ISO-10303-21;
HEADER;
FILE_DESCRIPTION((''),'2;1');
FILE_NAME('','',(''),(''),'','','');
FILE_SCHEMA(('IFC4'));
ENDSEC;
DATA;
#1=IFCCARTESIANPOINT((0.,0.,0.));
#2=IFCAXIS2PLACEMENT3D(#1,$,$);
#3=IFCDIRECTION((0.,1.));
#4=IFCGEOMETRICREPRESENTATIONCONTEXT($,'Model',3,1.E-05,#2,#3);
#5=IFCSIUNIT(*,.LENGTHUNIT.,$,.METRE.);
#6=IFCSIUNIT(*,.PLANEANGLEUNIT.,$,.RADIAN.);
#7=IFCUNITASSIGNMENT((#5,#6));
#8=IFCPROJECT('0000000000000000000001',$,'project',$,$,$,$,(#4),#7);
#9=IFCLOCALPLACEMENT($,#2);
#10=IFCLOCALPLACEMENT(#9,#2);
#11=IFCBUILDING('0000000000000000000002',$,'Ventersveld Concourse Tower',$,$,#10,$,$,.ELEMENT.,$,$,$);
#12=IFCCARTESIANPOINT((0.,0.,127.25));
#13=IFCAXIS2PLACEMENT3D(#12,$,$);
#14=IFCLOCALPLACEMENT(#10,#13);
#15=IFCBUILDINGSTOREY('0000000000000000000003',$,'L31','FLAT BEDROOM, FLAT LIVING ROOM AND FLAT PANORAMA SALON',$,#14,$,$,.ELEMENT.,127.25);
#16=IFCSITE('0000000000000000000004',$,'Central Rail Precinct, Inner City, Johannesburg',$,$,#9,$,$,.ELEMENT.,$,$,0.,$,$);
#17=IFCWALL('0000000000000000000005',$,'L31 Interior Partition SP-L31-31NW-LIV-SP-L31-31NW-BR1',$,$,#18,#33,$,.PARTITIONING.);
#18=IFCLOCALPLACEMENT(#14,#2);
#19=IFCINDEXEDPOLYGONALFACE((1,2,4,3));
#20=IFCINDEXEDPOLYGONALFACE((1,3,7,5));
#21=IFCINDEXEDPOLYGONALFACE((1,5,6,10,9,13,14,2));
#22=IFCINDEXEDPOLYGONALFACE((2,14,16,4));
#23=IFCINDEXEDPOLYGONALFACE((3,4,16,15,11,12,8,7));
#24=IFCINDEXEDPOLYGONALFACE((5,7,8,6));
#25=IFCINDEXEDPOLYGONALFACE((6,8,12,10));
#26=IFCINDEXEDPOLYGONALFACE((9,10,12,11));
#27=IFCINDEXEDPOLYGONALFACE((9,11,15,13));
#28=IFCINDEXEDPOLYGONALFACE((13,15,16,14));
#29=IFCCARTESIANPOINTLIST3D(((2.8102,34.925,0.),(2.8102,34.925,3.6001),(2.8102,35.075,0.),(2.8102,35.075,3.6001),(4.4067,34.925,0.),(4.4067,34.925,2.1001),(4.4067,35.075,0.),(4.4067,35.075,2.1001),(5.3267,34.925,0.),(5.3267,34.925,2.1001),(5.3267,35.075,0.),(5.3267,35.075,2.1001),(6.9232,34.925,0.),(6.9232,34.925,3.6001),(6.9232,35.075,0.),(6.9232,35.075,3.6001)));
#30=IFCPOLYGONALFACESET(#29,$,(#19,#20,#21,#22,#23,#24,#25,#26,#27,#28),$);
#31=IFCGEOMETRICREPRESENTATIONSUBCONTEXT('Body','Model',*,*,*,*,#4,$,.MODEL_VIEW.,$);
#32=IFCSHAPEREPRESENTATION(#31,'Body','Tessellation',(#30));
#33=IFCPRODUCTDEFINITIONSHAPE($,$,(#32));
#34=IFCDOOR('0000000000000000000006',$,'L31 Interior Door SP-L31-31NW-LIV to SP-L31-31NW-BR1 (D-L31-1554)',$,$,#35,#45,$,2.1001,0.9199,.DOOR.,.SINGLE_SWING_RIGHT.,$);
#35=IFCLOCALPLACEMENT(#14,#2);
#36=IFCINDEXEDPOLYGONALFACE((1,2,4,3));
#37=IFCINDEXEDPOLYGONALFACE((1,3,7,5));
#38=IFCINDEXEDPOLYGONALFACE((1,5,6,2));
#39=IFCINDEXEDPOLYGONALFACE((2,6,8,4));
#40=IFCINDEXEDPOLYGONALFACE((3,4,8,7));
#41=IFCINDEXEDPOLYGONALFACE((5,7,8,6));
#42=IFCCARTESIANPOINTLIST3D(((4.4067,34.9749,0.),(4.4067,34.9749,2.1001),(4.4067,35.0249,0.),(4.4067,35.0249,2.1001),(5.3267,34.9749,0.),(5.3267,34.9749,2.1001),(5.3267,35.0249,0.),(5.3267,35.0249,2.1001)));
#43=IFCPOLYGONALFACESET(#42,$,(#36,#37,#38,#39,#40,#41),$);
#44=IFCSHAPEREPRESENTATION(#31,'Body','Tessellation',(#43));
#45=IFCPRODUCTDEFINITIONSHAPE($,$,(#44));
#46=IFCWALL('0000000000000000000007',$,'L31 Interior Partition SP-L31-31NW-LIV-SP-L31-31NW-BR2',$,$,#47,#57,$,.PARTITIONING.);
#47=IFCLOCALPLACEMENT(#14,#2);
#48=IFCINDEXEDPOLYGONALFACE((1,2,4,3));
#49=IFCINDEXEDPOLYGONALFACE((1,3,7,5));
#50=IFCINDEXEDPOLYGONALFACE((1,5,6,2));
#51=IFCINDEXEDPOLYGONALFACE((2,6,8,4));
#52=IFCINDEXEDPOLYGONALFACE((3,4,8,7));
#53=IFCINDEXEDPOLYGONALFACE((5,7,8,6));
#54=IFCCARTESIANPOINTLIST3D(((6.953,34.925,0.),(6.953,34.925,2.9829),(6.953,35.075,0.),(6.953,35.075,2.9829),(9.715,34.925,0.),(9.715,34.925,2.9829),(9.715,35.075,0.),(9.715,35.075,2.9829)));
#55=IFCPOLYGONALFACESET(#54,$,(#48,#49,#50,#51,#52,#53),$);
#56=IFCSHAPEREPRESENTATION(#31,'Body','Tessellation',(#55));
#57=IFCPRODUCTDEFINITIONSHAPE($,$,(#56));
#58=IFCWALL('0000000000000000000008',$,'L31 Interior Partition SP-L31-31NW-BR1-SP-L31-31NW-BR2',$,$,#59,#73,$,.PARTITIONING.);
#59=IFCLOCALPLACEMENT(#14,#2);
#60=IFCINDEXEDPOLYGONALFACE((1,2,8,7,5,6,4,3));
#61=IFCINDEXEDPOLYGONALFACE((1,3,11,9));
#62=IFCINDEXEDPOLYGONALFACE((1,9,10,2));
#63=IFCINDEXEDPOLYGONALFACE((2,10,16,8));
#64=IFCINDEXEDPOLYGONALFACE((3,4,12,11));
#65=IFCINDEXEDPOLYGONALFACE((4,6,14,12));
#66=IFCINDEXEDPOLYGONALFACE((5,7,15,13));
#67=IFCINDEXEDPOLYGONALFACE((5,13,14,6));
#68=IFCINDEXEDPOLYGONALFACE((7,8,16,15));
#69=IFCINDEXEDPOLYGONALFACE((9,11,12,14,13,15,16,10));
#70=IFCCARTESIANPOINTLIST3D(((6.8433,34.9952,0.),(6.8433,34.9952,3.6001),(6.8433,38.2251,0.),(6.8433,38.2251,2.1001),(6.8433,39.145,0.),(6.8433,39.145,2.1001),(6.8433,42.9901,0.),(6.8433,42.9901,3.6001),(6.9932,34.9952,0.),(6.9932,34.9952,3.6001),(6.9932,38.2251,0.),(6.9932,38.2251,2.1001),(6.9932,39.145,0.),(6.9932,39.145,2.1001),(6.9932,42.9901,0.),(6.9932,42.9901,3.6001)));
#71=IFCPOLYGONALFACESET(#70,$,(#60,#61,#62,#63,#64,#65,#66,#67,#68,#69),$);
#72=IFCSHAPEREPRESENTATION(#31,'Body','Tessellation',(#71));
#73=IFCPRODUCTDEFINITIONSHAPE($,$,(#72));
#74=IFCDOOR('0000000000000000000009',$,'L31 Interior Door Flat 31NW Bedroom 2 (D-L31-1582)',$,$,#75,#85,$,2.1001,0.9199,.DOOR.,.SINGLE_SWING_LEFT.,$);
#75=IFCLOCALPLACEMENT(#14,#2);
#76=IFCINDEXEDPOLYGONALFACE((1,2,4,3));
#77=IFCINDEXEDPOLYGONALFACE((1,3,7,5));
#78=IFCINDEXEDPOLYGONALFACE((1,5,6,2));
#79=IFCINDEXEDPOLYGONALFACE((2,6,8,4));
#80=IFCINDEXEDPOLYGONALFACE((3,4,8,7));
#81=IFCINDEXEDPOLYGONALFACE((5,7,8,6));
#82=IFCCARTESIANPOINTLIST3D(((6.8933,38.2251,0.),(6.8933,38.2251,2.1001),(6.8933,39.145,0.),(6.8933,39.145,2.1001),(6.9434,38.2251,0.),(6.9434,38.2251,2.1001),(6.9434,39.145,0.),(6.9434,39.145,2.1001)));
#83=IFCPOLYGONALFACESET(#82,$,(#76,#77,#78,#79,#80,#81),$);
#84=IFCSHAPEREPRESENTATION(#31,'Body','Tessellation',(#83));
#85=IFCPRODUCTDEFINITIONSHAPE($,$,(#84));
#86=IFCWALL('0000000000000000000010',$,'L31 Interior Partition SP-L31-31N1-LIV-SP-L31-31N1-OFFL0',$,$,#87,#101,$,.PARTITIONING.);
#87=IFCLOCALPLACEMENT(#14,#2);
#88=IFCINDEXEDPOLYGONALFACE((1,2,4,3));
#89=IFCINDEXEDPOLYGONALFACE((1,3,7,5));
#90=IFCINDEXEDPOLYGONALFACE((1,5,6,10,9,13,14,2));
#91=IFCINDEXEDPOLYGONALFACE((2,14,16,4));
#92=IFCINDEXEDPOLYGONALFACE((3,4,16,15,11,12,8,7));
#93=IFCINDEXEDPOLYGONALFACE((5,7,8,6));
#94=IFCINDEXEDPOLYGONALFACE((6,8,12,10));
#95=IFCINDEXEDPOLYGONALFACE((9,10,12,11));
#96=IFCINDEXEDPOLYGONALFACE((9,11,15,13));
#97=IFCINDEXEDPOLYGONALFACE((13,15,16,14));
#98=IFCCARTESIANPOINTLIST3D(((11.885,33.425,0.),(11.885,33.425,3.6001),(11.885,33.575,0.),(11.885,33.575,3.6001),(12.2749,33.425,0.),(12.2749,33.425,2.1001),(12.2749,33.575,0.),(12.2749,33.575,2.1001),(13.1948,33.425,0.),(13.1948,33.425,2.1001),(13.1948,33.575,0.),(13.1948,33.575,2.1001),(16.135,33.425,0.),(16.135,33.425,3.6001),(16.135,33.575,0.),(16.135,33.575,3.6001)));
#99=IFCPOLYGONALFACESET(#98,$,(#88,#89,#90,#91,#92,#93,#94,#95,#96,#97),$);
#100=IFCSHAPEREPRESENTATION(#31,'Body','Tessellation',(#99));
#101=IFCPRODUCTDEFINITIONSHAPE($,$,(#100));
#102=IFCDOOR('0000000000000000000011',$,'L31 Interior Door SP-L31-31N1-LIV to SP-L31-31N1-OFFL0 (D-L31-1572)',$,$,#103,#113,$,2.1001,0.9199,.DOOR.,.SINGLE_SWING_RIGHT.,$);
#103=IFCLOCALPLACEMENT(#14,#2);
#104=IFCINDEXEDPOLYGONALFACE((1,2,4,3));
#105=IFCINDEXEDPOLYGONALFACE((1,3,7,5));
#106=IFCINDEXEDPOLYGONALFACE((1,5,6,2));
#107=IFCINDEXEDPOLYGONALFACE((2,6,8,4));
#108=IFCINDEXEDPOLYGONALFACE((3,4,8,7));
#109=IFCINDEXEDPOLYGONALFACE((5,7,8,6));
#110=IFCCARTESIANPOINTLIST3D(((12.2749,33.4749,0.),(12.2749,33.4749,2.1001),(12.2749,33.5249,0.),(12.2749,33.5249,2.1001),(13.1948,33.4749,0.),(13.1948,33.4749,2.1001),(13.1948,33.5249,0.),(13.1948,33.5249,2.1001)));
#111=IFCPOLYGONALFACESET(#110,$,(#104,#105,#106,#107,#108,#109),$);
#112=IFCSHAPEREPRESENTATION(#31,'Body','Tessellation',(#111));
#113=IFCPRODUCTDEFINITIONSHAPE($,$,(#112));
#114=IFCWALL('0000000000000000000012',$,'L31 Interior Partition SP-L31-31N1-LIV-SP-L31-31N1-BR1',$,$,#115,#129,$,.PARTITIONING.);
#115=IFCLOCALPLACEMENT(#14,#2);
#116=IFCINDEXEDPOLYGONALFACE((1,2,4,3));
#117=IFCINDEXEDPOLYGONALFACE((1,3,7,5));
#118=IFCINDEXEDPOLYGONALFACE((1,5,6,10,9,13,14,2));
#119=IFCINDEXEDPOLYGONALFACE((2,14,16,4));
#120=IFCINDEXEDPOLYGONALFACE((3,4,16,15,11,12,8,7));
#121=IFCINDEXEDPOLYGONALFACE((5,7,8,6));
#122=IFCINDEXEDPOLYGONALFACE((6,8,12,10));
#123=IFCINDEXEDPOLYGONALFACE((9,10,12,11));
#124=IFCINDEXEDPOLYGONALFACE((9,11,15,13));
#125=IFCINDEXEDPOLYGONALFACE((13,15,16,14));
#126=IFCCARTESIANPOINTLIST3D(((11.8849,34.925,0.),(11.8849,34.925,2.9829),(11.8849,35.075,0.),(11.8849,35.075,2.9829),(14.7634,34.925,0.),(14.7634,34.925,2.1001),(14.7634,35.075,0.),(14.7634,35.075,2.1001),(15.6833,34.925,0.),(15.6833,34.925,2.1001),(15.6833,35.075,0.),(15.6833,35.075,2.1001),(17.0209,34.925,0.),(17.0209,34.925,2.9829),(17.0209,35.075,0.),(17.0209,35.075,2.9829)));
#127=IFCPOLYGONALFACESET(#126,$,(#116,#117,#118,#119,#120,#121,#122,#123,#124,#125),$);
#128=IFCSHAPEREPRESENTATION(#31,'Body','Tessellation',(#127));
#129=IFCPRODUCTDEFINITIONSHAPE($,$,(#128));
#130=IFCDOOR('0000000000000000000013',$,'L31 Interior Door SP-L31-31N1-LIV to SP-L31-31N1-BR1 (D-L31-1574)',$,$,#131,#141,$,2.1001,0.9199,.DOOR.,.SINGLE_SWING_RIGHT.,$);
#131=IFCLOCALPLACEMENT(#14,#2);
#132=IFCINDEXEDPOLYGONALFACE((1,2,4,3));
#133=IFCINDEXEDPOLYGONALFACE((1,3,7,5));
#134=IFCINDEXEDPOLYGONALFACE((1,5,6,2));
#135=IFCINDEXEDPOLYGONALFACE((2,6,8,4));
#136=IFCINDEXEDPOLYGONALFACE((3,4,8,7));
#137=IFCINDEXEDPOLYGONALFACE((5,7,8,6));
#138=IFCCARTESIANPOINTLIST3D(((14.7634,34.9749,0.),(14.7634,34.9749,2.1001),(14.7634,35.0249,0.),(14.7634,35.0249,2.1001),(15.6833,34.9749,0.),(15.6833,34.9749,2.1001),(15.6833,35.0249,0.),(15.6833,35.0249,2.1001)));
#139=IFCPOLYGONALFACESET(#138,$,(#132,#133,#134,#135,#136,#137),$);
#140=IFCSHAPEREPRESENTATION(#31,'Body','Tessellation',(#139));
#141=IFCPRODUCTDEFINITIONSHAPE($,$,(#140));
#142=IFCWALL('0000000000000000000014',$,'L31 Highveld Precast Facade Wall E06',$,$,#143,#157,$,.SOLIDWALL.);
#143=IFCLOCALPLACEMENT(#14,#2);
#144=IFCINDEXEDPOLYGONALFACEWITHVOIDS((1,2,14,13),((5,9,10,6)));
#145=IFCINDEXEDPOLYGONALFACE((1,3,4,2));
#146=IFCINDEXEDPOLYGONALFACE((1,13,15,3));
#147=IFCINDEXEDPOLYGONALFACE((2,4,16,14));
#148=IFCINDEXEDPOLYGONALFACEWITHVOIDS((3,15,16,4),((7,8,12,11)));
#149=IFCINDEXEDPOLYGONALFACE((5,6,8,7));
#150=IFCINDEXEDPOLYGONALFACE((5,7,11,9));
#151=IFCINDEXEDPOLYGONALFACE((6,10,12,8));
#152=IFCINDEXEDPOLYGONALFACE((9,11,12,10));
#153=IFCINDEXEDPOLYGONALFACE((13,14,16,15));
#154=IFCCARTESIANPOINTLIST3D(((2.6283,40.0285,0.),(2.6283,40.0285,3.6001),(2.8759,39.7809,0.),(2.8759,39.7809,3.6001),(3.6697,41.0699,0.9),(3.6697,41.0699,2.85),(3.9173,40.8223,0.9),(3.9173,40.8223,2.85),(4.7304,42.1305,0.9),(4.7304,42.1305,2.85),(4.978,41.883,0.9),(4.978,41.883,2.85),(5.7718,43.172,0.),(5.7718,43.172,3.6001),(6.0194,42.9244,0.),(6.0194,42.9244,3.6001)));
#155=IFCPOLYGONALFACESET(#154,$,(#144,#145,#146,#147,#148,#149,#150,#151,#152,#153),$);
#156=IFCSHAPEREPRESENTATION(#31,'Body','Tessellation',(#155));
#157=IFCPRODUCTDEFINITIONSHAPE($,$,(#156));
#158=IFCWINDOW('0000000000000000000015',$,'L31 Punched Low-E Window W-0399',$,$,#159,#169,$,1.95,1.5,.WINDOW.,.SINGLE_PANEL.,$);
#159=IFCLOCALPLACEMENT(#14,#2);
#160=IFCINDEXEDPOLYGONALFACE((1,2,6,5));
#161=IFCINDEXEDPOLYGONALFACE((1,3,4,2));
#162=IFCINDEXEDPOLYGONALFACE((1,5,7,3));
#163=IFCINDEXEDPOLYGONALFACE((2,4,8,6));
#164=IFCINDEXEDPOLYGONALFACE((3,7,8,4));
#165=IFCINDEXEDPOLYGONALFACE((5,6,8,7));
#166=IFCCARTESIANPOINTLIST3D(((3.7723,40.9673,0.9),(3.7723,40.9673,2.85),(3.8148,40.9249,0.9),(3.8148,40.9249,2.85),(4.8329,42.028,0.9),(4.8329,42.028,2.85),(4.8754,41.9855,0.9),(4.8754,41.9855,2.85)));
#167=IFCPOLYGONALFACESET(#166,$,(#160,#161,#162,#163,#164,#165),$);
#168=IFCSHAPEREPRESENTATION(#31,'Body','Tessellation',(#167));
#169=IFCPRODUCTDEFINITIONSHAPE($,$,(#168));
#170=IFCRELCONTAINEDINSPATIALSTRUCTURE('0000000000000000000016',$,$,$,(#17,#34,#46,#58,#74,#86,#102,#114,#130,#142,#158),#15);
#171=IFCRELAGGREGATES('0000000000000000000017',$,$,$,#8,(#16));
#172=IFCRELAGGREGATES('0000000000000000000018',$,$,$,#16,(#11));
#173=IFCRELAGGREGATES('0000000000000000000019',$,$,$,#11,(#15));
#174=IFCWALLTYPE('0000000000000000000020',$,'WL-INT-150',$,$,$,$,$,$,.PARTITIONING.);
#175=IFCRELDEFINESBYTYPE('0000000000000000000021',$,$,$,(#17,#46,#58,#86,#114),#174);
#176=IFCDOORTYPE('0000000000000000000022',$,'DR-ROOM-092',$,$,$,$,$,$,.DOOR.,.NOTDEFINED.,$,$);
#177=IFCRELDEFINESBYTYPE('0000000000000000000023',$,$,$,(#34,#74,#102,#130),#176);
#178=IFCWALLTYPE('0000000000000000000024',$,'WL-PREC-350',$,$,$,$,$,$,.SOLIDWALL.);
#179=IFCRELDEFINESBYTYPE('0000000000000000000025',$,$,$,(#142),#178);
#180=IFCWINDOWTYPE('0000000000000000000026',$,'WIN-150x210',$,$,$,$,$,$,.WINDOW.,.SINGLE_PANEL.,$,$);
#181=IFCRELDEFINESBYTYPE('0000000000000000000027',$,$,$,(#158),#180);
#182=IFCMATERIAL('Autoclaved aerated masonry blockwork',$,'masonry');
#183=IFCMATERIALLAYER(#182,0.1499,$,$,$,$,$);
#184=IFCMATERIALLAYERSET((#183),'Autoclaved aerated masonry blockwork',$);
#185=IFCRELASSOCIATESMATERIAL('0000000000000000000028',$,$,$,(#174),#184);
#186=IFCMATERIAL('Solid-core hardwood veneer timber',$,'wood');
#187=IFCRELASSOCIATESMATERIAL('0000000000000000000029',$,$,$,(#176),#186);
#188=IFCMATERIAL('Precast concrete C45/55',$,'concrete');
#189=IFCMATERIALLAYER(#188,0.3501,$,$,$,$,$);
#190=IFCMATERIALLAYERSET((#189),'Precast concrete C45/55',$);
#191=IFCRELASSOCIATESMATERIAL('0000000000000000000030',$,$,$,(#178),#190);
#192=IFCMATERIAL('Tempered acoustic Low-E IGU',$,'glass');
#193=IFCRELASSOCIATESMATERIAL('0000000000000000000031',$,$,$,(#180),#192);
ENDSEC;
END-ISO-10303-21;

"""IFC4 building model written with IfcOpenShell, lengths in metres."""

from ifc_helpers import new_model, si_unit, direction, frame, frame_2d, origin, place, context, subcontext, project, spatial, rectangle, extrude, material, layer, layer_set, type_object, element, fill, save


model = new_model("IFC4")

# Units and contexts
model_context = context("Model", 3, precision=1e-05, world=origin(), true_north=direction((0.0, 1.0)))
body_context = subcontext(model_context, "Body", "Model", "MODEL_VIEW")
ifc_project = project(units=[si_unit("LENGTHUNIT", "METRE"), si_unit("PLANEANGLEUNIT", "RADIAN")], contexts=[model_context])

# Site, building, storey
site_placement = place(None, origin())
site = spatial("IfcSite", under=ifc_project, at=site_placement, Name="Central Rail Precinct, Inner City, Johannesburg", CompositionType="ELEMENT", RefElevation=0.0)
building_placement = place(site_placement, origin())
building = spatial("IfcBuilding", under=site, at=building_placement, Name="Ventersveld Concourse Tower", CompositionType="ELEMENT")
storey_placement = place(building_placement, frame((0.0, 0.0, 127.25)))
storey = spatial("IfcBuildingStorey", under=building, at=storey_placement, Name="L31", Description="FLAT BEDROOM, FLAT LIVING ROOM AND FLAT PANORAMA SALON", CompositionType="ELEMENT", Elevation=127.25)

# Shared definitions
ifc_material_1 = material(Name="Autoclaved aerated masonry blockwork", Category="masonry")
ifc_layer_1 = layer(ifc_material_1, 0.1499)
ifc_layer_set_1 = layer_set([ifc_layer_1], Name="Autoclaved aerated masonry blockwork")
wall_type_1 = type_object("IfcWallType", Name="WL-INT-150", PredefinedType="PARTITIONING", material=ifc_layer_set_1)

# Wall, opening, door
wall_1_placement = place(storey_placement, frame((2.8101, 35.0, 0.0), z_axis=(0.0, 0.0, 1.0), x_axis=(1.0, 0.0, 0.0)))
wall_1 = element("IfcWall", 1, at=wall_1_placement, inside=storey, type_object=wall_type_1, Name="L31 Interior Partition SP-L31-31NW-LIV-SP-L31-31NW-BR1", PredefinedType="PARTITIONING", context=body_context, shape_type="SweptSolid", body=[
    extrude(rectangle(XDim=4.113, YDim=0.1499, at=frame_2d((2.0566, 0.0))), origin(), (0.0, 0.0, 1.0), 3.6001),
])
opening_1_placement = place(wall_1_placement, frame((1.5967, 0.0, 0.0)))
opening_1 = element("IfcOpeningElement", 2, at=opening_1_placement, cuts=wall_1, PredefinedType="OPENING", context=body_context, shape_type="SweptSolid", body=[
    extrude(rectangle(XDim=0.9199, YDim=2.1001, at=frame_2d((0.46, 1.05))), frame((0.0, 0.085, 0.0), z_axis=(0.0, -1.0, 0.0), x_axis=(1.0, 0.0, 0.0)), (0.0, 0.0, 1.0), 0.1699),
])
ifc_material_2 = material(Name="Solid-core hardwood veneer timber", Category="wood")
door_type = type_object("IfcDoorType", Name="DR-ROOM-092", OperationType="NOTDEFINED", PredefinedType="DOOR", material=ifc_material_2)
door_1_placement = place(opening_1_placement, origin())
door_1 = element("IfcDoor", 3, at=door_1_placement, inside=storey, type_object=door_type, Name="L31 Interior Door SP-L31-31NW-LIV to SP-L31-31NW-BR1 (D-L31-1554)", OperationType="SINGLE_SWING_RIGHT", OverallHeight=2.1001, OverallWidth=0.9199, PredefinedType="DOOR", context=body_context, shape_type="SweptSolid", body=[
    extrude(rectangle(XDim=0.9199, YDim=2.1001, at=frame_2d((0.46, 1.05))), frame((0.0, 0.0249, 0.0), z_axis=(0.0, -1.0, 0.0), x_axis=(1.0, 0.0, 0.0)), (0.0, 0.0, 1.0), 0.05),
])
fill(opening_1, door_1)

# Wall
wall_2_placement = place(storey_placement, frame((6.9531, 35.0, 0.0), z_axis=(0.0, 0.0, 1.0), x_axis=(1.0, 0.0, 0.0)))
element("IfcWall", 4, at=wall_2_placement, inside=storey, type_object=wall_type_1, Name="L31 Interior Partition SP-L31-31NW-LIV-SP-L31-31NW-BR2", PredefinedType="PARTITIONING", context=body_context, shape_type="SweptSolid", body=[
    extrude(rectangle(XDim=2.762, YDim=0.1499, at=frame_2d((1.3809, 0.0))), origin(), (0.0, 0.0, 1.0), 2.9829),
])

# Walls, openings, doors
wall_3_placement = place(storey_placement, frame((6.9182, 34.9951, 0.0), z_axis=(0.0, 0.0, 1.0), x_axis=(0.0, 1.0, 0.0)))
wall_3 = element("IfcWall", 5, at=wall_3_placement, inside=storey, type_object=wall_type_1, Name="L31 Interior Partition SP-L31-31NW-BR1-SP-L31-31NW-BR2", PredefinedType="PARTITIONING", context=body_context, shape_type="SweptSolid", body=[
    extrude(rectangle(XDim=7.9949, YDim=0.1499, at=frame_2d((3.9976, 0.0))), origin(), (0.0, 0.0, 1.0), 3.6001),
])
opening_2_placement = place(wall_3_placement, frame((3.23, 0.0, 0.0)))
opening_2 = element("IfcOpeningElement", 6, at=opening_2_placement, cuts=wall_3, PredefinedType="OPENING", context=body_context, shape_type="SweptSolid", body=[
    extrude(rectangle(XDim=0.9199, YDim=2.1001, at=frame_2d((0.46, 1.05))), frame((0.0, 0.085, 0.0), z_axis=(0.0, -1.0, 0.0), x_axis=(1.0, 0.0, 0.0)), (0.0, 0.0, 1.0), 0.1699),
])
door_2_placement = place(opening_2_placement, origin())
door_2 = element("IfcDoor", 7, at=door_2_placement, inside=storey, type_object=door_type, Name="L31 Interior Door Flat 31NW Bedroom 2 (D-L31-1582)", OperationType="SINGLE_SWING_LEFT", OverallHeight=2.1001, OverallWidth=0.9199, PredefinedType="DOOR", context=body_context, shape_type="SweptSolid", body=[
    extrude(rectangle(XDim=0.9199, YDim=2.1001, at=frame_2d((0.46, 1.05))), frame((0.0, 0.0249, 0.0), z_axis=(0.0, -1.0, 0.0), x_axis=(1.0, 0.0, 0.0)), (0.0, 0.0, 1.0), 0.05),
])
fill(opening_2, door_2)
wall_4_placement = place(storey_placement, frame((11.885, 33.5, 0.0), z_axis=(0.0, 0.0, 1.0), x_axis=(1.0, 0.0, 0.0)))
wall_4 = element("IfcWall", 8, at=wall_4_placement, inside=storey, type_object=wall_type_1, Name="L31 Interior Partition SP-L31-31N1-LIV-SP-L31-31N1-OFFL0", PredefinedType="PARTITIONING", context=body_context, shape_type="SweptSolid", body=[
    extrude(rectangle(XDim=4.25, YDim=0.1499, at=frame_2d((2.125, 0.0))), origin(), (0.0, 0.0, 1.0), 3.6001),
])
opening_3_placement = place(wall_4_placement, frame((0.3899, 0.0, 0.0)))
opening_3 = element("IfcOpeningElement", 9, at=opening_3_placement, cuts=wall_4, PredefinedType="OPENING", context=body_context, shape_type="SweptSolid", body=[
    extrude(rectangle(XDim=0.9199, YDim=2.1001, at=frame_2d((0.46, 1.05))), frame((0.0, 0.085, 0.0), z_axis=(0.0, -1.0, 0.0), x_axis=(1.0, 0.0, 0.0)), (0.0, 0.0, 1.0), 0.1699),
])
door_3_placement = place(opening_3_placement, origin())
door_3 = element("IfcDoor", 10, at=door_3_placement, inside=storey, type_object=door_type, Name="L31 Interior Door SP-L31-31N1-LIV to SP-L31-31N1-OFFL0 (D-L31-1572)", OperationType="SINGLE_SWING_RIGHT", OverallHeight=2.1001, OverallWidth=0.9199, PredefinedType="DOOR", context=body_context, shape_type="SweptSolid", body=[
    extrude(rectangle(XDim=0.9199, YDim=2.1001, at=frame_2d((0.46, 1.05))), frame((0.0, 0.0249, 0.0), z_axis=(0.0, -1.0, 0.0), x_axis=(1.0, 0.0, 0.0)), (0.0, 0.0, 1.0), 0.05),
])
fill(opening_3, door_3)
wall_5_placement = place(storey_placement, frame((11.885, 35.0, 0.0), z_axis=(0.0, 0.0, 1.0), x_axis=(1.0, 0.0, 0.0)))
wall_5 = element("IfcWall", 11, at=wall_5_placement, inside=storey, type_object=wall_type_1, Name="L31 Interior Partition SP-L31-31N1-LIV-SP-L31-31N1-BR1", PredefinedType="PARTITIONING", context=body_context, shape_type="SweptSolid", body=[
    extrude(rectangle(XDim=5.136, YDim=0.1499, at=frame_2d((2.5679, 0.0))), origin(), (0.0, 0.0, 1.0), 2.9829),
])
opening_4_placement = place(wall_5_placement, frame((2.8784, 0.0, 0.0)))
opening_4 = element("IfcOpeningElement", 12, at=opening_4_placement, cuts=wall_5, PredefinedType="OPENING", context=body_context, shape_type="SweptSolid", body=[
    extrude(rectangle(XDim=0.9199, YDim=2.1001, at=frame_2d((0.46, 1.05))), frame((0.0, 0.085, 0.0), z_axis=(0.0, -1.0, 0.0), x_axis=(1.0, 0.0, 0.0)), (0.0, 0.0, 1.0), 0.1699),
])
door_4_placement = place(opening_4_placement, origin())
door_4 = element("IfcDoor", 13, at=door_4_placement, inside=storey, type_object=door_type, Name="L31 Interior Door SP-L31-31N1-LIV to SP-L31-31N1-BR1 (D-L31-1574)", OperationType="SINGLE_SWING_RIGHT", OverallHeight=2.1001, OverallWidth=0.9199, PredefinedType="DOOR", context=body_context, shape_type="SweptSolid", body=[
    extrude(rectangle(XDim=0.9199, YDim=2.1001, at=frame_2d((0.46, 1.05))), frame((0.0, 0.0249, 0.0), z_axis=(0.0, -1.0, 0.0), x_axis=(1.0, 0.0, 0.0)), (0.0, 0.0, 1.0), 0.05),
])
fill(opening_4, door_4)

# Wall, opening, window
ifc_material_3 = material(Name="Precast concrete C45/55", Category="concrete")
ifc_layer_2 = layer(ifc_material_3, 0.3501)
ifc_layer_set_2 = layer_set([ifc_layer_2], Name="Precast concrete C45/55")
wall_type_2 = type_object("IfcWallType", Name="WL-PREC-350", PredefinedType="SOLIDWALL", material=ifc_layer_set_2)
wall_6_placement = place(storey_placement, frame((5.8955, 43.0481, 0.0), z_axis=(0.0, 0.0, 1.0), x_axis=(-0.707107, -0.707107, 0.0)))
wall_6 = element("IfcWall", 14, at=wall_6_placement, inside=storey, type_object=wall_type_2, Name="L31 Highveld Precast Facade Wall E06", PredefinedType="SOLIDWALL", context=body_context, shape_type="SweptSolid", body=[
    extrude(rectangle(XDim=4.4456, YDim=0.3501, at=frame_2d((2.2227, 0.0))), origin(), (0.0, 0.0, 1.0), 3.6001),
])
opening_5_placement = place(wall_6_placement, frame((1.4727, 0.0, 0.8999)))
opening_5 = element("IfcOpeningElement", 15, at=opening_5_placement, cuts=wall_6, PredefinedType="OPENING", context=body_context, shape_type="SweptSolid", body=[
    extrude(rectangle(XDim=1.5, YDim=1.95, at=frame_2d((0.75, 0.9751))), frame((0.0, 0.1851, 0.0), z_axis=(0.0, -1.0, 0.0), x_axis=(1.0, 0.0, 0.0)), (0.0, 0.0, 1.0), 0.3701),
])
ifc_material_4 = material(Name="Tempered acoustic Low-E IGU", Category="glass")
window_type_1 = type_object("IfcWindowType", Name="WIN-150x210", PartitioningType="SINGLE_PANEL", PredefinedType="WINDOW", material=ifc_material_4)
window_1_placement = place(opening_5_placement, origin())
window_1 = element("IfcWindow", 16, at=window_1_placement, inside=storey, type_object=window_type_1, Name="L31 Punched Low-E Window W-0399", OverallHeight=1.95, OverallWidth=1.5, PartitioningType="SINGLE_PANEL", PredefinedType="WINDOW", context=body_context, shape_type="SweptSolid", body=[
    extrude(rectangle(XDim=1.5, YDim=1.95, at=frame_2d((0.75, 0.9751))), frame((0.0, 0.03, 0.0), z_axis=(0.0, -1.0, 0.0), x_axis=(1.0, 0.0, 0.0)), (0.0, 0.0, 1.0), 0.0601),
])
fill(opening_5, window_1)

save(model, "model.ifc")
